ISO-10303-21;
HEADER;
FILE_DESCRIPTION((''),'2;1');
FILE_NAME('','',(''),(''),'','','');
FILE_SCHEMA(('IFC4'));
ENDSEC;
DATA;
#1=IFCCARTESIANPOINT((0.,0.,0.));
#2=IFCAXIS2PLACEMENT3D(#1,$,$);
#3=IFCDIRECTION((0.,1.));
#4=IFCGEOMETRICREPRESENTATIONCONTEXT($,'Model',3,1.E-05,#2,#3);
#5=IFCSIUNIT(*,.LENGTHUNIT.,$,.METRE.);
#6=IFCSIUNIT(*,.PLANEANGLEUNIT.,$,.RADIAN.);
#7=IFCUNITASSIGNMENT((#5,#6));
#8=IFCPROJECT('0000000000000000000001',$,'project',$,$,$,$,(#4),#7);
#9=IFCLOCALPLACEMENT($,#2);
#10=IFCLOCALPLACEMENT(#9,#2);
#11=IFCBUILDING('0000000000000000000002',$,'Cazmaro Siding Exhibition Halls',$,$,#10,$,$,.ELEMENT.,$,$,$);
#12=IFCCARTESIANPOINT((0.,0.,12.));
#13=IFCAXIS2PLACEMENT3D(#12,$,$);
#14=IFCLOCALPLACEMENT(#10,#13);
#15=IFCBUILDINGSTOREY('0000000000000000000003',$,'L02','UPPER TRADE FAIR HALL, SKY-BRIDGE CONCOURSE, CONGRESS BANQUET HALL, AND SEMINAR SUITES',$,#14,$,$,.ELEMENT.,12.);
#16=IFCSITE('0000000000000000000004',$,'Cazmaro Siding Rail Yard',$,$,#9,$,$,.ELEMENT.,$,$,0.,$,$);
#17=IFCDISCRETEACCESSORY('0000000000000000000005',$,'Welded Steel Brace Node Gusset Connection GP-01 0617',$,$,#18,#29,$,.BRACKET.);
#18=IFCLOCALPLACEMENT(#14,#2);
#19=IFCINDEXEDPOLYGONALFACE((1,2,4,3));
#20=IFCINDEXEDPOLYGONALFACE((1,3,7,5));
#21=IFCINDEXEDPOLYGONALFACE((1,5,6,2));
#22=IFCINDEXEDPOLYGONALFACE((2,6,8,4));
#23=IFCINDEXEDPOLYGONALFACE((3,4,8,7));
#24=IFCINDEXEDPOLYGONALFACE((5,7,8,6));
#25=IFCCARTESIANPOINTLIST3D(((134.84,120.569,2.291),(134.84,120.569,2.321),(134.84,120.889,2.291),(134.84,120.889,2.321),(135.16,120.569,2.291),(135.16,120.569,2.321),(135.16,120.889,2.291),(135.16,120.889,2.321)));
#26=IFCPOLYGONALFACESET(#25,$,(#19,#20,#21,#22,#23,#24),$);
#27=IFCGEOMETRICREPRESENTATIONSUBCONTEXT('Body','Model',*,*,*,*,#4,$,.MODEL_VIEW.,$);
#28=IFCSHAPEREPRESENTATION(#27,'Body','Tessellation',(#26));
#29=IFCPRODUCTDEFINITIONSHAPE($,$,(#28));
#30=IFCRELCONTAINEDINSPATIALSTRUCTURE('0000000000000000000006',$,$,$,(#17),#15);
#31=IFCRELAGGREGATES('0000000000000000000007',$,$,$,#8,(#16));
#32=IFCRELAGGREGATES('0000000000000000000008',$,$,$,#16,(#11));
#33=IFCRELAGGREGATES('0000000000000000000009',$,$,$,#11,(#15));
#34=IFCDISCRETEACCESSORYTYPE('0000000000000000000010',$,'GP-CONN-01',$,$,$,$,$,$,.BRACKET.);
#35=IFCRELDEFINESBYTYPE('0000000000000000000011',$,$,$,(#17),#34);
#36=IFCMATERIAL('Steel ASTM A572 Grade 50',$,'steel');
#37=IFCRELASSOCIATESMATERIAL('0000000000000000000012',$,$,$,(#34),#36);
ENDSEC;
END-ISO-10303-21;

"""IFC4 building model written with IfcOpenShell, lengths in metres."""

from ifc_helpers import new_model, si_unit, direction, frame, origin, origin_2d, place, context, subcontext, project, spatial, rectangle, extrude, material, type_object, element, save


model = new_model("IFC4")

# Units and contexts
model_context = context("Model", 3, precision=1e-05, world=origin(), true_north=direction((0.0, 1.0)))
body_context = subcontext(model_context, "Body", "Model", "MODEL_VIEW")
ifc_project = project(units=[si_unit("LENGTHUNIT", "METRE"), si_unit("PLANEANGLEUNIT", "RADIAN")], contexts=[model_context])

# Site, building, storey
site_placement = place(None, origin())
site = spatial("IfcSite", under=ifc_project, at=site_placement, Name="Cazmaro Siding Rail Yard", CompositionType="ELEMENT", RefElevation=0.0)
building_placement = place(site_placement, origin())
building = spatial("IfcBuilding", under=site, at=building_placement, Name="Cazmaro Siding Exhibition Halls", CompositionType="ELEMENT")
storey_placement = place(building_placement, frame((0.0, 0.0, 12.0)))
storey = spatial("IfcBuildingStorey", under=building, at=storey_placement, Name="L02", Description="UPPER TRADE FAIR HALL, SKY-BRIDGE CONCOURSE, CONGRESS BANQUET HALL, AND SEMINAR SUITES", CompositionType="ELEMENT", Elevation=12.0)

# Discrete accessory
ifc_material_1 = material(Name="Steel ASTM A572 Grade 50", Category="steel")
discrete_accessory_type = type_object("IfcDiscreteAccessoryType", Name="GP-CONN-01", PredefinedType="BRACKET", material=ifc_material_1)
for number, where, z_axis, x_axis, name in (
    (1, (135.0, 120.729, 2.291), (0.0, 0.0, 1.0), (1.0, 0.0, 0.0), "Welded Steel Brace Node Gusset Connection GP-01 0617"),
):
    element("IfcDiscreteAccessory", number, at=place(storey_placement, frame(where, z_axis=z_axis, x_axis=x_axis)), inside=storey, type_object=discrete_accessory_type, Name=name, PredefinedType="BRACKET", context=body_context, shape_type="SweptSolid", body=[
        extrude(rectangle(XDim=0.3201, YDim=0.3201, at=origin_2d()), origin(), (0.0, 0.0, 1.0), 0.03),
    ])

save(model, "model.ifc")
